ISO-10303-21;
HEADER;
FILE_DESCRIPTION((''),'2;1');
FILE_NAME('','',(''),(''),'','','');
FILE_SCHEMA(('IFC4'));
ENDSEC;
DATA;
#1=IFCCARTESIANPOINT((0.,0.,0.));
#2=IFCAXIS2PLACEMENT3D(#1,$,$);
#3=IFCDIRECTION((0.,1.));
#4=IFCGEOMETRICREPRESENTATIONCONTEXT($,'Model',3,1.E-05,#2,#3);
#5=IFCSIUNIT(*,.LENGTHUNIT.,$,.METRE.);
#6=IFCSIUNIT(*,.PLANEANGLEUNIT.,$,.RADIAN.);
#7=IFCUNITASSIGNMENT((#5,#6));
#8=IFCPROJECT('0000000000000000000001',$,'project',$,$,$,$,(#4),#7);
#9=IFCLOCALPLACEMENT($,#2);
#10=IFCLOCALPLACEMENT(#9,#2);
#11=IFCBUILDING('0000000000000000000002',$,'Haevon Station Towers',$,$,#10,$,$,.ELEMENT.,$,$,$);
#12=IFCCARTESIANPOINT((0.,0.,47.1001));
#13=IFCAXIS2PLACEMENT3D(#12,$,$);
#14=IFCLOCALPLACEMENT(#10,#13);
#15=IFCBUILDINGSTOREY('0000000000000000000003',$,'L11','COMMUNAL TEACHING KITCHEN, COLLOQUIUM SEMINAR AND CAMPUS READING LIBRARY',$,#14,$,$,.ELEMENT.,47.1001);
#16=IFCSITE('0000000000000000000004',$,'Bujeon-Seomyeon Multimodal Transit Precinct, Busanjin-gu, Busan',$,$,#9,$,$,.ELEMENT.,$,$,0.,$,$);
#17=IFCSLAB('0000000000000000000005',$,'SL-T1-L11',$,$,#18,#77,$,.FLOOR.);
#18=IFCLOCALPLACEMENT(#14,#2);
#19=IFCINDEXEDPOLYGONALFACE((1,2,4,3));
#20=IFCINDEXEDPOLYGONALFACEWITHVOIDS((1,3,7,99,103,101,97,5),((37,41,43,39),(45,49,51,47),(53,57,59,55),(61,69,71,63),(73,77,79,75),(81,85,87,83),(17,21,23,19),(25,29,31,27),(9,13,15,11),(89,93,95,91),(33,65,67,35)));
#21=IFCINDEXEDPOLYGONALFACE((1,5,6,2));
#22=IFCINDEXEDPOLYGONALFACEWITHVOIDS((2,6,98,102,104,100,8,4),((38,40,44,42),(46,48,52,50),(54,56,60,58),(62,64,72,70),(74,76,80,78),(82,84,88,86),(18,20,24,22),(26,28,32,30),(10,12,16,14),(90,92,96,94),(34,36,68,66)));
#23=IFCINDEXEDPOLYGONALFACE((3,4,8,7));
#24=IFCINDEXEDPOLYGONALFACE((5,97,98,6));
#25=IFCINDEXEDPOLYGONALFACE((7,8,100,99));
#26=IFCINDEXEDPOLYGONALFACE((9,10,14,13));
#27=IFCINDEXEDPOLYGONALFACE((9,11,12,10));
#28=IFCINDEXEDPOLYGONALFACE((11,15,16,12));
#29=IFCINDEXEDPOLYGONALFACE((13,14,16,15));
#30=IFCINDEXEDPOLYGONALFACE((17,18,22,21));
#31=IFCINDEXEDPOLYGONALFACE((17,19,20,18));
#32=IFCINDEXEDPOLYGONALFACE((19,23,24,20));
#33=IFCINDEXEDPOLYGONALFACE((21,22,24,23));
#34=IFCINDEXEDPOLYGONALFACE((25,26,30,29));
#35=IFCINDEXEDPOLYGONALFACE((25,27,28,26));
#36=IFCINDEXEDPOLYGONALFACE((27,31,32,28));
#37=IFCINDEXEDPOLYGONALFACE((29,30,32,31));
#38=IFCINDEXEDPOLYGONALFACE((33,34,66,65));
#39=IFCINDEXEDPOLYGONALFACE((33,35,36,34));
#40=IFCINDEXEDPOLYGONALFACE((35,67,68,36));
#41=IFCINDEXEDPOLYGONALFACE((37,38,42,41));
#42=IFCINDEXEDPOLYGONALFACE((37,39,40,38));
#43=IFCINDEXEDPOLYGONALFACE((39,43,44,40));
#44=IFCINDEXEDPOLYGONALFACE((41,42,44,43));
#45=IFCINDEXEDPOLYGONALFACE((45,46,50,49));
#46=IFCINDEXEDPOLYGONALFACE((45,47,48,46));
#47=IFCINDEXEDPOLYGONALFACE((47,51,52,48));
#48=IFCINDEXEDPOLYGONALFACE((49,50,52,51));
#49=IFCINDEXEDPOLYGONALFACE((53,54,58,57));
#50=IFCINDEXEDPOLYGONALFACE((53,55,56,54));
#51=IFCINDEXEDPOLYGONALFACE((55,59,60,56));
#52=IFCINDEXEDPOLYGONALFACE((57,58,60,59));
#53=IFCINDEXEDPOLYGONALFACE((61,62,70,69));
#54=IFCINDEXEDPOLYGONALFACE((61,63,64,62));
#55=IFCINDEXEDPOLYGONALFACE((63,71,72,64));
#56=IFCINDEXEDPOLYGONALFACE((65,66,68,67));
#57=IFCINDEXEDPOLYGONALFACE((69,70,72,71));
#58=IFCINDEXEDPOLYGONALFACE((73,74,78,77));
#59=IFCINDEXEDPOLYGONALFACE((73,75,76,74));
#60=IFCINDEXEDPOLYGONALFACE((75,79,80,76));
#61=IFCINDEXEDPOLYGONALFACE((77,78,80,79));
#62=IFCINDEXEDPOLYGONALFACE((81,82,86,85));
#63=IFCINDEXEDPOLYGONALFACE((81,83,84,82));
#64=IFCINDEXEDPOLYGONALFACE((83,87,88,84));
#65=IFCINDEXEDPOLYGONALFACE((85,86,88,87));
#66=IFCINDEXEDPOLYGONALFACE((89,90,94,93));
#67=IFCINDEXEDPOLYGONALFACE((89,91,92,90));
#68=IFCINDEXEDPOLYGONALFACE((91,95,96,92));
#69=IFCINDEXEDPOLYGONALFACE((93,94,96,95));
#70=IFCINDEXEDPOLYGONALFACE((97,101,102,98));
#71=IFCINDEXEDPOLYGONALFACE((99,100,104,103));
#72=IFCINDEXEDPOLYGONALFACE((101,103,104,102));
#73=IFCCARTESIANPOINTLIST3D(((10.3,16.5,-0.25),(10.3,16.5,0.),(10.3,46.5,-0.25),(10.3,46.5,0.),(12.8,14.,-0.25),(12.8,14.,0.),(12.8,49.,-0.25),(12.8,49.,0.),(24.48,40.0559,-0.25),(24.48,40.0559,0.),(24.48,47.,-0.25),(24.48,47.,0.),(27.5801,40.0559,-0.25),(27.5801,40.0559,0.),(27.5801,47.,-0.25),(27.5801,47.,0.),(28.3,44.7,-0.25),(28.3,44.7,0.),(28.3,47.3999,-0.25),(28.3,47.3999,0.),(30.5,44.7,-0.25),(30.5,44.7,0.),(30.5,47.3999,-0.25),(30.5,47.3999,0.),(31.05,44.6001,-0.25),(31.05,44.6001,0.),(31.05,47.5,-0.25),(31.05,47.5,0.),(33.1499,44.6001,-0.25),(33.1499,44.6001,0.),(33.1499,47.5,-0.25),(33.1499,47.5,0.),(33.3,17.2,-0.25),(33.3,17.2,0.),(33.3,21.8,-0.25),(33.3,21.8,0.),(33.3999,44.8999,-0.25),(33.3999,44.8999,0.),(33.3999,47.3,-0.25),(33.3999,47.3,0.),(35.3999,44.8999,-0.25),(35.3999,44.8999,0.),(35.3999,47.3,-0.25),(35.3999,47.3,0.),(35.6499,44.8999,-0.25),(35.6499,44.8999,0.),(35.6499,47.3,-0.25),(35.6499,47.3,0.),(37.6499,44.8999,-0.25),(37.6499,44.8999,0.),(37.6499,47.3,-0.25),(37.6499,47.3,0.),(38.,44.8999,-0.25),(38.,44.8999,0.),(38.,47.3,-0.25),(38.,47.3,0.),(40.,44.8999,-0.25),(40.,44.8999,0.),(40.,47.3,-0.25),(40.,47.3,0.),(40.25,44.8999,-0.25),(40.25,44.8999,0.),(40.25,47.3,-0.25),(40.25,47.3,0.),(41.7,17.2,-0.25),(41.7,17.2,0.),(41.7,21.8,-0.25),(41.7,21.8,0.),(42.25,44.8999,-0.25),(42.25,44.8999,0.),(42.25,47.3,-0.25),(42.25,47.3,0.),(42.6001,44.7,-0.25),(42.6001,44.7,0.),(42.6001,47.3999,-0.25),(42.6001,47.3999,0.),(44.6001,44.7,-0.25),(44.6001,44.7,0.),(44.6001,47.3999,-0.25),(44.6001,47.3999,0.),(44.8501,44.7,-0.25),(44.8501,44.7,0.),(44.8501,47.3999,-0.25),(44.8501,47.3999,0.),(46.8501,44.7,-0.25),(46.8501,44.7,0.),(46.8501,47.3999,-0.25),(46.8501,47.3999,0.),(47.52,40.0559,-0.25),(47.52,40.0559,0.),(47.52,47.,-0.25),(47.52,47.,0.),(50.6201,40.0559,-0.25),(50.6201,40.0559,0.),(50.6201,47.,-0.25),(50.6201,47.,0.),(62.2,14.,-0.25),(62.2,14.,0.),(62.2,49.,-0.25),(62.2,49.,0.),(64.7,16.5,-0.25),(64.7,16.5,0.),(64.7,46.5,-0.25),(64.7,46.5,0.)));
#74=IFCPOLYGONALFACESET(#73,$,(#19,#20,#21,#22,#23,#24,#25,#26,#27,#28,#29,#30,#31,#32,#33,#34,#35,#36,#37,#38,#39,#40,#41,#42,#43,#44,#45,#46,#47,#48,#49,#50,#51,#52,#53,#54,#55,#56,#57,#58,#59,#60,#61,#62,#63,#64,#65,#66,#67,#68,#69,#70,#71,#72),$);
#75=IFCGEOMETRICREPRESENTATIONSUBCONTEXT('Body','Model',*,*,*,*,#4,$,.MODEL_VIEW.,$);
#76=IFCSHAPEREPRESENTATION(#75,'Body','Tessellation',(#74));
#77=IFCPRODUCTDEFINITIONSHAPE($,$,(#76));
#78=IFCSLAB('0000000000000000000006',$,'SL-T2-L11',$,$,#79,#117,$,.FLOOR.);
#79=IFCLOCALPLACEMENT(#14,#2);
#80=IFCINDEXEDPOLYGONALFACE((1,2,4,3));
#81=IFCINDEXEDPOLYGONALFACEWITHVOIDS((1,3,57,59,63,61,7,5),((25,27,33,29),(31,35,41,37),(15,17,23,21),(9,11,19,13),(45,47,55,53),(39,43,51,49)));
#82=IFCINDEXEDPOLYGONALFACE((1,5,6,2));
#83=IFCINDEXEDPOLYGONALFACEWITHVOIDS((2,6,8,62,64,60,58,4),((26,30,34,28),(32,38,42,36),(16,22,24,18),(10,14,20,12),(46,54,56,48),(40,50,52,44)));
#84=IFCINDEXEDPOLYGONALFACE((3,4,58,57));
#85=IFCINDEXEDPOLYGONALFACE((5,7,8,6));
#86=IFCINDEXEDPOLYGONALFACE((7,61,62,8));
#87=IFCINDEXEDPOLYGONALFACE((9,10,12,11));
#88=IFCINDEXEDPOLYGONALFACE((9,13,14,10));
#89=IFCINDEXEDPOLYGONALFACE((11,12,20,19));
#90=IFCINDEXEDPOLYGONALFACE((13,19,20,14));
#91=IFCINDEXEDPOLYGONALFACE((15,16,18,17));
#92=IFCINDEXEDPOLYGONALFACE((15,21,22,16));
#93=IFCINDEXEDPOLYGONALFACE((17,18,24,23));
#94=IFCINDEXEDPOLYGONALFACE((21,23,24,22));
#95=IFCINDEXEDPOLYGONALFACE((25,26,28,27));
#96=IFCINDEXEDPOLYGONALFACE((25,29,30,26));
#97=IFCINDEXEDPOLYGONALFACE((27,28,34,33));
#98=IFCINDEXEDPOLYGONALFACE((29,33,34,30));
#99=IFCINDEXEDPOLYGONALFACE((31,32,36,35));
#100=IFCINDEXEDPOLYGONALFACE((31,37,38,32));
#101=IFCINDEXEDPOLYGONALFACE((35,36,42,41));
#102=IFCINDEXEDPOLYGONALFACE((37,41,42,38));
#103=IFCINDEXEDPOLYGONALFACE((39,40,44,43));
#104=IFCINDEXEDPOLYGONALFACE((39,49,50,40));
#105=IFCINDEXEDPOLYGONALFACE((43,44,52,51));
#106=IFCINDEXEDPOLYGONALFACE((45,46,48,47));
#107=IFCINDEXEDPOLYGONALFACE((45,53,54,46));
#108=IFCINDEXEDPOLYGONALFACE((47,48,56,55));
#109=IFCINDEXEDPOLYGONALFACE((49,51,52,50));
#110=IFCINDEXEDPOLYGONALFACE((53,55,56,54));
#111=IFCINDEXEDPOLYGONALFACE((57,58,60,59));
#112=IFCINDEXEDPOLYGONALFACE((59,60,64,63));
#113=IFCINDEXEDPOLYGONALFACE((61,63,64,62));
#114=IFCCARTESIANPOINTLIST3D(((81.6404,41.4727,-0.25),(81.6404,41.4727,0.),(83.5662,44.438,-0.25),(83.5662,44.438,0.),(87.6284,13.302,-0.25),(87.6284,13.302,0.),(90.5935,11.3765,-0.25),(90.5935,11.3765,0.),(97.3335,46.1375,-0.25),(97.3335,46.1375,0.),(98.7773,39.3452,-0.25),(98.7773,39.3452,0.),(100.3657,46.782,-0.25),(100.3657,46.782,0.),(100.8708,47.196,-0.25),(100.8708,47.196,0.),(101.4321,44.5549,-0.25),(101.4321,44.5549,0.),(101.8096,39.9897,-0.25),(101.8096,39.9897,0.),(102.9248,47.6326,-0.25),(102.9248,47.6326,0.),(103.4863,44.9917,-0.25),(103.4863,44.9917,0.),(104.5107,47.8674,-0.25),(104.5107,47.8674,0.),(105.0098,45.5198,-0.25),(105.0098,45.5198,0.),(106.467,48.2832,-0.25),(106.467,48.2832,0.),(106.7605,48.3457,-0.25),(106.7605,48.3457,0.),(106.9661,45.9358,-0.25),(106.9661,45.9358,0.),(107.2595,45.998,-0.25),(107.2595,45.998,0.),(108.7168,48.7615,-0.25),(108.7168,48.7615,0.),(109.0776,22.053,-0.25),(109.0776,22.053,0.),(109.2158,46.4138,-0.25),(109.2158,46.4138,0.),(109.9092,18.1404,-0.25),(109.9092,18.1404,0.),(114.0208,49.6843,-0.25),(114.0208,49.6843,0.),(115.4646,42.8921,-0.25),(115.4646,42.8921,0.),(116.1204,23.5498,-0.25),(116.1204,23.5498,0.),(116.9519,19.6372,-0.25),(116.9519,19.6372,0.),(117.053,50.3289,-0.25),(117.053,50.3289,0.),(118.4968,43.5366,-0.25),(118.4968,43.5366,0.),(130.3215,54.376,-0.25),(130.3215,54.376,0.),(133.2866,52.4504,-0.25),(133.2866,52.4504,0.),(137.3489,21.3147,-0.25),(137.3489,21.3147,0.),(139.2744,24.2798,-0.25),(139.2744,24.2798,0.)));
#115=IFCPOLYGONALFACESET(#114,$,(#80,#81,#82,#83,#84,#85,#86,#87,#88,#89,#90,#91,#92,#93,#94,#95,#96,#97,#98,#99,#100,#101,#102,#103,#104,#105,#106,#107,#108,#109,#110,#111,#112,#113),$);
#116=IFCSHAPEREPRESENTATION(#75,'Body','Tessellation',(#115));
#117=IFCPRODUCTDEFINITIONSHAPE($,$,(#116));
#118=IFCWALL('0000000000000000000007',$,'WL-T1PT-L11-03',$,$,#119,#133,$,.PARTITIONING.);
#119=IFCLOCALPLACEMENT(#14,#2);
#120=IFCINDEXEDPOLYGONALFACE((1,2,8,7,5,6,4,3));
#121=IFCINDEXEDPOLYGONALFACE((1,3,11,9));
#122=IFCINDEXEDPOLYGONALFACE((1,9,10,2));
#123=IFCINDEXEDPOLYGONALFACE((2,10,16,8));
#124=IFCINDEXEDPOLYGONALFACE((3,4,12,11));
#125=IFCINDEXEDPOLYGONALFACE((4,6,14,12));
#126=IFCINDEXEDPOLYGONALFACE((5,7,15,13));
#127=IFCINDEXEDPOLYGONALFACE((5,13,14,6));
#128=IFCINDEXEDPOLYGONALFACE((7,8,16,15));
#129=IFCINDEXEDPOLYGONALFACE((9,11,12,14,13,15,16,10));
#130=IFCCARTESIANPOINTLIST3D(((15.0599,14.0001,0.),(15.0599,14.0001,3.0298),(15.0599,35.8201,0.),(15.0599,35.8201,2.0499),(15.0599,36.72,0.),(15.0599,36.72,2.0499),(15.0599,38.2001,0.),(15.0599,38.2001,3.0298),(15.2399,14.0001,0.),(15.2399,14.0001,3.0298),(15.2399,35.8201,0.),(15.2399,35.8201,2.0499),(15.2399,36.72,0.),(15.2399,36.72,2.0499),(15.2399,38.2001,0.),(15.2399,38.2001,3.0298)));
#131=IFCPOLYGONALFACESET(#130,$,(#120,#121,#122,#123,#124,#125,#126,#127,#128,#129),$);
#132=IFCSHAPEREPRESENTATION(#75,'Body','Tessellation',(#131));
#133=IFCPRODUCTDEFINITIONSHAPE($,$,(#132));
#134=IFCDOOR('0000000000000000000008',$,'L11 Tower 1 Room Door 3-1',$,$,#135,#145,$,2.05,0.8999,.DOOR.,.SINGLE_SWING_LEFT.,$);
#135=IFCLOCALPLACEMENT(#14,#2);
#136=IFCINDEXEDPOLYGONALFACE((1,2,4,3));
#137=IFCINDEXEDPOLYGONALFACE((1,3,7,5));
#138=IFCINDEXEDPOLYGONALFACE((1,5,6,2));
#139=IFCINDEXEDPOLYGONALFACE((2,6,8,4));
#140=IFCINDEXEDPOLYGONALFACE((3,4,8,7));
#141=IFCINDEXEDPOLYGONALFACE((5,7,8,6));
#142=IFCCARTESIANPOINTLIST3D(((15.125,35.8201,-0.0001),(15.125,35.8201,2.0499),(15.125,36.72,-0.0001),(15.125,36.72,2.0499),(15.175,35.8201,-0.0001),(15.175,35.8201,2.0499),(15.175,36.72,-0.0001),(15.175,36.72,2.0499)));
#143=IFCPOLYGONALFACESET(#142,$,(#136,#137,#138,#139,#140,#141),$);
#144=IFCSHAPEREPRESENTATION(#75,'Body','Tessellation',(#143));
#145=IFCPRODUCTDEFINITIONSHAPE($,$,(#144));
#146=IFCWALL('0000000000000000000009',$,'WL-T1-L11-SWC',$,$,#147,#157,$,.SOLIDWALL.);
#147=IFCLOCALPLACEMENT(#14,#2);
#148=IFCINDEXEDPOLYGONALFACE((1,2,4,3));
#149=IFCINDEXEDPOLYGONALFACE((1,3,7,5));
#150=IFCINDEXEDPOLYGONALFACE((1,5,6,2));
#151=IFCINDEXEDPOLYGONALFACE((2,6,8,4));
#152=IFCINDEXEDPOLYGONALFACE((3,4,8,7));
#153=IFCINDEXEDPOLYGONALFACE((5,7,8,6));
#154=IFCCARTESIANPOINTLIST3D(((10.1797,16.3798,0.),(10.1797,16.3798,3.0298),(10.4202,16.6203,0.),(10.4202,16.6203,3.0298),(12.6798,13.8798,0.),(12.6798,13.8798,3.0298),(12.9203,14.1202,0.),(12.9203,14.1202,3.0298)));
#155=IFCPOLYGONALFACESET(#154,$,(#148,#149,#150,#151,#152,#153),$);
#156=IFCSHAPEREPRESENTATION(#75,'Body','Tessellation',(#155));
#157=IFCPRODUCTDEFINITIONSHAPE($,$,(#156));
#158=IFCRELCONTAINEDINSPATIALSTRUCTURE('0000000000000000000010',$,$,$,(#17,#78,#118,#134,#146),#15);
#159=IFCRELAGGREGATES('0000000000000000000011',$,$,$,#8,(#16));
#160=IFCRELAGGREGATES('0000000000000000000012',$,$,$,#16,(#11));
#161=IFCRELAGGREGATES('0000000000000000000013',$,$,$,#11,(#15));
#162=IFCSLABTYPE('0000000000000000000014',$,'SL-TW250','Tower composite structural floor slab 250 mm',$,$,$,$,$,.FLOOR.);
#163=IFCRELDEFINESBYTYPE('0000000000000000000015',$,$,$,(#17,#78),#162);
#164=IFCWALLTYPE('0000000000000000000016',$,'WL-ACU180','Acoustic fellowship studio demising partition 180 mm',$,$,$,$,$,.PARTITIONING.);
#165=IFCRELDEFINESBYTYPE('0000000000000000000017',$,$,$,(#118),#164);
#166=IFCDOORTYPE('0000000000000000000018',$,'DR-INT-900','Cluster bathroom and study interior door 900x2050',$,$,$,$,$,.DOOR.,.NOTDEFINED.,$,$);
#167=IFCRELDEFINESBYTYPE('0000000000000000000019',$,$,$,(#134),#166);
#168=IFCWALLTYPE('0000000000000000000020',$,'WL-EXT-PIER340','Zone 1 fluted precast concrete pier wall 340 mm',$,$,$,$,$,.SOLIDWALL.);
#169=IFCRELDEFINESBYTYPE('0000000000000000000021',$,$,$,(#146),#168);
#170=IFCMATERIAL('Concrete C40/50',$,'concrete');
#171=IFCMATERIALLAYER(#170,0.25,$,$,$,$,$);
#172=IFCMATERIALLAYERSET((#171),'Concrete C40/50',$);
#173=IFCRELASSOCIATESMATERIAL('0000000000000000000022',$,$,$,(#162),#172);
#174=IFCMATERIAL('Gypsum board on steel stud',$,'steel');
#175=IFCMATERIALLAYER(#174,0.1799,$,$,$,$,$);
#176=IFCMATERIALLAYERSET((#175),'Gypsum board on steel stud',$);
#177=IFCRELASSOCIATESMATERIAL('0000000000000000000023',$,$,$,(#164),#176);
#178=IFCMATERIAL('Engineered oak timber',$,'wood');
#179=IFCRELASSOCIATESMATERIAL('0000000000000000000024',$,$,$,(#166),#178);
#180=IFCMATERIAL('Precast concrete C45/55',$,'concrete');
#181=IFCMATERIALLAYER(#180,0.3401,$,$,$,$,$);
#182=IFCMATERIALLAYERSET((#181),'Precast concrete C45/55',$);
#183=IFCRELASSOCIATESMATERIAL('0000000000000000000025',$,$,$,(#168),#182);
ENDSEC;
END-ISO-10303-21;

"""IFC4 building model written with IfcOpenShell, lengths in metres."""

from ifc_helpers import new_model, si_unit, direction, frame, frame_2d, origin, place, context, subcontext, project, spatial, polyline, rectangle, outline, extrude, material, layer, layer_set, type_object, element, fill, save


model = new_model("IFC4")

# Units and contexts
model_context = context("Model", 3, precision=1e-05, world=origin(), true_north=direction((0.0, 1.0)))
body_context = subcontext(model_context, "Body", "Model", "MODEL_VIEW")
ifc_project = project(units=[si_unit("LENGTHUNIT", "METRE"), si_unit("PLANEANGLEUNIT", "RADIAN")], contexts=[model_context])

# Site, building, storey
site_placement = place(None, origin())
site = spatial("IfcSite", under=ifc_project, at=site_placement, Name="Bujeon-Seomyeon Multimodal Transit Precinct, Busanjin-gu, Busan", CompositionType="ELEMENT", RefElevation=0.0)
building_placement = place(site_placement, origin())
building = spatial("IfcBuilding", under=site, at=building_placement, Name="Haevon Station Towers", CompositionType="ELEMENT")
storey_placement = place(building_placement, frame((0.0, 0.0, 47.1001)))
storey = spatial("IfcBuildingStorey", under=building, at=storey_placement, Name="L11", Description="COMMUNAL TEACHING KITCHEN, COLLOQUIUM SEMINAR AND CAMPUS READING LIBRARY", CompositionType="ELEMENT", Elevation=47.1001)

# Shared definitions
ifc_material_1 = material(Name="Concrete C40/50", Category="concrete")

# Slabs
ifc_layer_1 = layer(ifc_material_1, 0.25)
ifc_layer_set_1 = layer_set([ifc_layer_1], Name="Concrete C40/50")
slab_type_1 = type_object("IfcSlabType", Name="SL-TW250", Description="Tower composite structural floor slab 250 mm", PredefinedType="FLOOR", material=ifc_layer_set_1)
slab_1_placement = place(storey_placement, frame((0.0, 0.0, -0.25)))
element("IfcSlab", 1, at=slab_1_placement, inside=storey, type_object=slab_type_1, Name="SL-T1-L11", PredefinedType="FLOOR", context=body_context, shape_type="SweptSolid", body=[
    extrude(outline(polyline([(12.8, 14.0), (62.2, 14.0), (64.7, 16.5), (64.7, 46.5), (62.2, 49.0), (12.8, 49.0), (10.3, 46.5), (10.3, 16.5), (12.8, 14.0)]), holes=[polyline([(27.5801, 40.0559), (27.5801, 47.0), (24.48, 47.0), (24.48, 40.0559), (27.5801, 40.0559)]), polyline([(50.6201, 40.0559), (50.6201, 47.0), (47.52, 47.0), (47.52, 40.0559), (50.6201, 40.0559)]), polyline([(28.3, 44.7), (30.5, 44.7), (30.5, 47.3999), (28.3, 47.3999), (28.3, 44.7)]), polyline([(31.05, 44.6001), (33.1499, 44.6001), (33.1499, 47.5), (31.05, 47.5), (31.05, 44.6001)]), polyline([(33.3999, 44.8999), (35.3999, 44.8999), (35.3999, 47.3), (33.3999, 47.3), (33.3999, 44.8999)]), polyline([(35.6499, 44.8999), (37.6499, 44.8999), (37.6499, 47.3), (35.6499, 47.3), (35.6499, 44.8999)]), polyline([(38.0, 44.8999), (40.0, 44.8999), (40.0, 47.3), (38.0, 47.3), (38.0, 44.8999)]), polyline([(40.25, 44.8999), (42.25, 44.8999), (42.25, 47.3), (40.25, 47.3), (40.25, 44.8999)]), polyline([(42.6001, 44.7), (44.6001, 44.7), (44.6001, 47.3999), (42.6001, 47.3999), (42.6001, 44.7)]), polyline([(44.8501, 44.7), (46.8501, 44.7), (46.8501, 47.3999), (44.8501, 47.3999), (44.8501, 44.7)]), polyline([(33.3, 17.2), (41.7, 17.2), (41.7, 21.8), (33.3, 21.8), (33.3, 17.2)])]), origin(), (0.0, 0.0, 1.0), 0.25),
])
slab_2_placement = place(storey_placement, frame((0.0, 0.0, -0.25)))
element("IfcSlab", 2, at=slab_2_placement, inside=storey, type_object=slab_type_1, Name="SL-T2-L11", PredefinedType="FLOOR", context=body_context, shape_type="SweptSolid", body=[
    extrude(outline(polyline([(90.5935, 11.3765), (137.3489, 21.3147), (139.2744, 24.2798), (133.2866, 52.4504), (130.3215, 54.376), (83.5662, 44.438), (81.6404, 41.4727), (87.6284, 13.302), (90.5935, 11.3765)]), holes=[polyline([(101.8096, 39.9897), (100.3657, 46.782), (97.3335, 46.1375), (98.7773, 39.3452), (101.8096, 39.9897)]), polyline([(118.4968, 43.5366), (117.053, 50.3289), (114.0208, 49.6843), (115.4646, 42.8921), (118.4968, 43.5366)]), polyline([(101.4321, 44.5549), (103.4863, 44.9917), (102.9248, 47.6326), (100.8708, 47.196), (101.4321, 44.5549)]), polyline([(105.0098, 45.5198), (106.9661, 45.9358), (106.467, 48.2832), (104.5107, 47.8674), (105.0098, 45.5198)]), polyline([(107.2595, 45.998), (109.2158, 46.4138), (108.7168, 48.7615), (106.7605, 48.3457), (107.2595, 45.998)]), polyline([(109.9092, 18.1404), (116.9519, 19.6372), (116.1204, 23.5498), (109.0776, 22.053), (109.9092, 18.1404)])]), origin(), (0.0, 0.0, 1.0), 0.25),
])

# Wall, opening, door
ifc_material_2 = material(Name="Gypsum board on steel stud", Category="steel")
ifc_layer_2 = layer(ifc_material_2, 0.1799)
ifc_layer_set_2 = layer_set([ifc_layer_2], Name="Gypsum board on steel stud")
wall_type_1 = type_object("IfcWallType", Name="WL-ACU180", Description="Acoustic fellowship studio demising partition 180 mm", PredefinedType="PARTITIONING", material=ifc_layer_set_2)
wall_1_placement = place(storey_placement, frame((15.1499, 14.0, 0.0), z_axis=(0.0, 0.0, 1.0), x_axis=(0.0, 1.0, 0.0)))
wall_1 = element("IfcWall", 3, at=wall_1_placement, inside=storey, type_object=wall_type_1, Name="WL-T1PT-L11-03", PredefinedType="PARTITIONING", context=body_context, shape_type="SweptSolid", body=[
    extrude(rectangle(XDim=24.2, YDim=0.1799, at=frame_2d((12.1001, 0.0))), origin(), (0.0, 0.0, 1.0), 3.0298),
])
opening_1_placement = place(wall_1_placement, frame((21.8201, 0.0, 0.0)))
opening_1 = element("IfcOpeningElement", 4, at=opening_1_placement, cuts=wall_1, PredefinedType="OPENING", context=body_context, shape_type="SweptSolid", body=[
    extrude(rectangle(XDim=0.8999, YDim=2.05, at=frame_2d((0.45, 1.0249))), frame((0.0, 0.0999, 0.0), z_axis=(0.0, -1.0, 0.0), x_axis=(1.0, 0.0, 0.0)), (0.0, 0.0, 1.0), 0.2),
])
ifc_material_3 = material(Name="Engineered oak timber", Category="wood")
door_type_1 = type_object("IfcDoorType", Name="DR-INT-900", Description="Cluster bathroom and study interior door 900x2050", OperationType="NOTDEFINED", PredefinedType="DOOR", material=ifc_material_3)
door_1_placement = place(opening_1_placement, origin())
door_1 = element("IfcDoor", 5, at=door_1_placement, inside=storey, type_object=door_type_1, Name="L11 Tower 1 Room Door 3-1", OperationType="SINGLE_SWING_LEFT", OverallHeight=2.05, OverallWidth=0.8999, PredefinedType="DOOR", context=body_context, shape_type="SweptSolid", body=[
    extrude(rectangle(XDim=0.8999, YDim=2.05, at=frame_2d((0.45, 1.0249))), frame((0.0, 0.0249, 0.0), z_axis=(0.0, -1.0, 0.0), x_axis=(1.0, 0.0, 0.0)), (0.0, 0.0, 1.0), 0.05),
])
fill(opening_1, door_1)

# Wall
ifc_material_4 = material(Name="Precast concrete C45/55", Category="concrete")
ifc_layer_3 = layer(ifc_material_4, 0.3401)
ifc_layer_set_3 = layer_set([ifc_layer_3], Name="Precast concrete C45/55")
wall_type_2 = type_object("IfcWallType", Name="WL-EXT-PIER340", Description="Zone 1 fluted precast concrete pier wall 340 mm", PredefinedType="SOLIDWALL", material=ifc_layer_set_3)
wall_2_placement = place(storey_placement, frame((12.8, 14.0, 0.0), z_axis=(0.0, 0.0, 1.0), x_axis=(-0.707107, 0.707107, 0.0)))
element("IfcWall", 6, at=wall_2_placement, inside=storey, type_object=wall_type_2, Name="WL-T1-L11-SWC", PredefinedType="SOLIDWALL", context=body_context, shape_type="SweptSolid", body=[
    extrude(rectangle(XDim=3.5356, YDim=0.3401, at=frame_2d((1.7678, 0.0))), origin(), (0.0, 0.0, 1.0), 3.0298),
])

save(model, "model.ifc")
